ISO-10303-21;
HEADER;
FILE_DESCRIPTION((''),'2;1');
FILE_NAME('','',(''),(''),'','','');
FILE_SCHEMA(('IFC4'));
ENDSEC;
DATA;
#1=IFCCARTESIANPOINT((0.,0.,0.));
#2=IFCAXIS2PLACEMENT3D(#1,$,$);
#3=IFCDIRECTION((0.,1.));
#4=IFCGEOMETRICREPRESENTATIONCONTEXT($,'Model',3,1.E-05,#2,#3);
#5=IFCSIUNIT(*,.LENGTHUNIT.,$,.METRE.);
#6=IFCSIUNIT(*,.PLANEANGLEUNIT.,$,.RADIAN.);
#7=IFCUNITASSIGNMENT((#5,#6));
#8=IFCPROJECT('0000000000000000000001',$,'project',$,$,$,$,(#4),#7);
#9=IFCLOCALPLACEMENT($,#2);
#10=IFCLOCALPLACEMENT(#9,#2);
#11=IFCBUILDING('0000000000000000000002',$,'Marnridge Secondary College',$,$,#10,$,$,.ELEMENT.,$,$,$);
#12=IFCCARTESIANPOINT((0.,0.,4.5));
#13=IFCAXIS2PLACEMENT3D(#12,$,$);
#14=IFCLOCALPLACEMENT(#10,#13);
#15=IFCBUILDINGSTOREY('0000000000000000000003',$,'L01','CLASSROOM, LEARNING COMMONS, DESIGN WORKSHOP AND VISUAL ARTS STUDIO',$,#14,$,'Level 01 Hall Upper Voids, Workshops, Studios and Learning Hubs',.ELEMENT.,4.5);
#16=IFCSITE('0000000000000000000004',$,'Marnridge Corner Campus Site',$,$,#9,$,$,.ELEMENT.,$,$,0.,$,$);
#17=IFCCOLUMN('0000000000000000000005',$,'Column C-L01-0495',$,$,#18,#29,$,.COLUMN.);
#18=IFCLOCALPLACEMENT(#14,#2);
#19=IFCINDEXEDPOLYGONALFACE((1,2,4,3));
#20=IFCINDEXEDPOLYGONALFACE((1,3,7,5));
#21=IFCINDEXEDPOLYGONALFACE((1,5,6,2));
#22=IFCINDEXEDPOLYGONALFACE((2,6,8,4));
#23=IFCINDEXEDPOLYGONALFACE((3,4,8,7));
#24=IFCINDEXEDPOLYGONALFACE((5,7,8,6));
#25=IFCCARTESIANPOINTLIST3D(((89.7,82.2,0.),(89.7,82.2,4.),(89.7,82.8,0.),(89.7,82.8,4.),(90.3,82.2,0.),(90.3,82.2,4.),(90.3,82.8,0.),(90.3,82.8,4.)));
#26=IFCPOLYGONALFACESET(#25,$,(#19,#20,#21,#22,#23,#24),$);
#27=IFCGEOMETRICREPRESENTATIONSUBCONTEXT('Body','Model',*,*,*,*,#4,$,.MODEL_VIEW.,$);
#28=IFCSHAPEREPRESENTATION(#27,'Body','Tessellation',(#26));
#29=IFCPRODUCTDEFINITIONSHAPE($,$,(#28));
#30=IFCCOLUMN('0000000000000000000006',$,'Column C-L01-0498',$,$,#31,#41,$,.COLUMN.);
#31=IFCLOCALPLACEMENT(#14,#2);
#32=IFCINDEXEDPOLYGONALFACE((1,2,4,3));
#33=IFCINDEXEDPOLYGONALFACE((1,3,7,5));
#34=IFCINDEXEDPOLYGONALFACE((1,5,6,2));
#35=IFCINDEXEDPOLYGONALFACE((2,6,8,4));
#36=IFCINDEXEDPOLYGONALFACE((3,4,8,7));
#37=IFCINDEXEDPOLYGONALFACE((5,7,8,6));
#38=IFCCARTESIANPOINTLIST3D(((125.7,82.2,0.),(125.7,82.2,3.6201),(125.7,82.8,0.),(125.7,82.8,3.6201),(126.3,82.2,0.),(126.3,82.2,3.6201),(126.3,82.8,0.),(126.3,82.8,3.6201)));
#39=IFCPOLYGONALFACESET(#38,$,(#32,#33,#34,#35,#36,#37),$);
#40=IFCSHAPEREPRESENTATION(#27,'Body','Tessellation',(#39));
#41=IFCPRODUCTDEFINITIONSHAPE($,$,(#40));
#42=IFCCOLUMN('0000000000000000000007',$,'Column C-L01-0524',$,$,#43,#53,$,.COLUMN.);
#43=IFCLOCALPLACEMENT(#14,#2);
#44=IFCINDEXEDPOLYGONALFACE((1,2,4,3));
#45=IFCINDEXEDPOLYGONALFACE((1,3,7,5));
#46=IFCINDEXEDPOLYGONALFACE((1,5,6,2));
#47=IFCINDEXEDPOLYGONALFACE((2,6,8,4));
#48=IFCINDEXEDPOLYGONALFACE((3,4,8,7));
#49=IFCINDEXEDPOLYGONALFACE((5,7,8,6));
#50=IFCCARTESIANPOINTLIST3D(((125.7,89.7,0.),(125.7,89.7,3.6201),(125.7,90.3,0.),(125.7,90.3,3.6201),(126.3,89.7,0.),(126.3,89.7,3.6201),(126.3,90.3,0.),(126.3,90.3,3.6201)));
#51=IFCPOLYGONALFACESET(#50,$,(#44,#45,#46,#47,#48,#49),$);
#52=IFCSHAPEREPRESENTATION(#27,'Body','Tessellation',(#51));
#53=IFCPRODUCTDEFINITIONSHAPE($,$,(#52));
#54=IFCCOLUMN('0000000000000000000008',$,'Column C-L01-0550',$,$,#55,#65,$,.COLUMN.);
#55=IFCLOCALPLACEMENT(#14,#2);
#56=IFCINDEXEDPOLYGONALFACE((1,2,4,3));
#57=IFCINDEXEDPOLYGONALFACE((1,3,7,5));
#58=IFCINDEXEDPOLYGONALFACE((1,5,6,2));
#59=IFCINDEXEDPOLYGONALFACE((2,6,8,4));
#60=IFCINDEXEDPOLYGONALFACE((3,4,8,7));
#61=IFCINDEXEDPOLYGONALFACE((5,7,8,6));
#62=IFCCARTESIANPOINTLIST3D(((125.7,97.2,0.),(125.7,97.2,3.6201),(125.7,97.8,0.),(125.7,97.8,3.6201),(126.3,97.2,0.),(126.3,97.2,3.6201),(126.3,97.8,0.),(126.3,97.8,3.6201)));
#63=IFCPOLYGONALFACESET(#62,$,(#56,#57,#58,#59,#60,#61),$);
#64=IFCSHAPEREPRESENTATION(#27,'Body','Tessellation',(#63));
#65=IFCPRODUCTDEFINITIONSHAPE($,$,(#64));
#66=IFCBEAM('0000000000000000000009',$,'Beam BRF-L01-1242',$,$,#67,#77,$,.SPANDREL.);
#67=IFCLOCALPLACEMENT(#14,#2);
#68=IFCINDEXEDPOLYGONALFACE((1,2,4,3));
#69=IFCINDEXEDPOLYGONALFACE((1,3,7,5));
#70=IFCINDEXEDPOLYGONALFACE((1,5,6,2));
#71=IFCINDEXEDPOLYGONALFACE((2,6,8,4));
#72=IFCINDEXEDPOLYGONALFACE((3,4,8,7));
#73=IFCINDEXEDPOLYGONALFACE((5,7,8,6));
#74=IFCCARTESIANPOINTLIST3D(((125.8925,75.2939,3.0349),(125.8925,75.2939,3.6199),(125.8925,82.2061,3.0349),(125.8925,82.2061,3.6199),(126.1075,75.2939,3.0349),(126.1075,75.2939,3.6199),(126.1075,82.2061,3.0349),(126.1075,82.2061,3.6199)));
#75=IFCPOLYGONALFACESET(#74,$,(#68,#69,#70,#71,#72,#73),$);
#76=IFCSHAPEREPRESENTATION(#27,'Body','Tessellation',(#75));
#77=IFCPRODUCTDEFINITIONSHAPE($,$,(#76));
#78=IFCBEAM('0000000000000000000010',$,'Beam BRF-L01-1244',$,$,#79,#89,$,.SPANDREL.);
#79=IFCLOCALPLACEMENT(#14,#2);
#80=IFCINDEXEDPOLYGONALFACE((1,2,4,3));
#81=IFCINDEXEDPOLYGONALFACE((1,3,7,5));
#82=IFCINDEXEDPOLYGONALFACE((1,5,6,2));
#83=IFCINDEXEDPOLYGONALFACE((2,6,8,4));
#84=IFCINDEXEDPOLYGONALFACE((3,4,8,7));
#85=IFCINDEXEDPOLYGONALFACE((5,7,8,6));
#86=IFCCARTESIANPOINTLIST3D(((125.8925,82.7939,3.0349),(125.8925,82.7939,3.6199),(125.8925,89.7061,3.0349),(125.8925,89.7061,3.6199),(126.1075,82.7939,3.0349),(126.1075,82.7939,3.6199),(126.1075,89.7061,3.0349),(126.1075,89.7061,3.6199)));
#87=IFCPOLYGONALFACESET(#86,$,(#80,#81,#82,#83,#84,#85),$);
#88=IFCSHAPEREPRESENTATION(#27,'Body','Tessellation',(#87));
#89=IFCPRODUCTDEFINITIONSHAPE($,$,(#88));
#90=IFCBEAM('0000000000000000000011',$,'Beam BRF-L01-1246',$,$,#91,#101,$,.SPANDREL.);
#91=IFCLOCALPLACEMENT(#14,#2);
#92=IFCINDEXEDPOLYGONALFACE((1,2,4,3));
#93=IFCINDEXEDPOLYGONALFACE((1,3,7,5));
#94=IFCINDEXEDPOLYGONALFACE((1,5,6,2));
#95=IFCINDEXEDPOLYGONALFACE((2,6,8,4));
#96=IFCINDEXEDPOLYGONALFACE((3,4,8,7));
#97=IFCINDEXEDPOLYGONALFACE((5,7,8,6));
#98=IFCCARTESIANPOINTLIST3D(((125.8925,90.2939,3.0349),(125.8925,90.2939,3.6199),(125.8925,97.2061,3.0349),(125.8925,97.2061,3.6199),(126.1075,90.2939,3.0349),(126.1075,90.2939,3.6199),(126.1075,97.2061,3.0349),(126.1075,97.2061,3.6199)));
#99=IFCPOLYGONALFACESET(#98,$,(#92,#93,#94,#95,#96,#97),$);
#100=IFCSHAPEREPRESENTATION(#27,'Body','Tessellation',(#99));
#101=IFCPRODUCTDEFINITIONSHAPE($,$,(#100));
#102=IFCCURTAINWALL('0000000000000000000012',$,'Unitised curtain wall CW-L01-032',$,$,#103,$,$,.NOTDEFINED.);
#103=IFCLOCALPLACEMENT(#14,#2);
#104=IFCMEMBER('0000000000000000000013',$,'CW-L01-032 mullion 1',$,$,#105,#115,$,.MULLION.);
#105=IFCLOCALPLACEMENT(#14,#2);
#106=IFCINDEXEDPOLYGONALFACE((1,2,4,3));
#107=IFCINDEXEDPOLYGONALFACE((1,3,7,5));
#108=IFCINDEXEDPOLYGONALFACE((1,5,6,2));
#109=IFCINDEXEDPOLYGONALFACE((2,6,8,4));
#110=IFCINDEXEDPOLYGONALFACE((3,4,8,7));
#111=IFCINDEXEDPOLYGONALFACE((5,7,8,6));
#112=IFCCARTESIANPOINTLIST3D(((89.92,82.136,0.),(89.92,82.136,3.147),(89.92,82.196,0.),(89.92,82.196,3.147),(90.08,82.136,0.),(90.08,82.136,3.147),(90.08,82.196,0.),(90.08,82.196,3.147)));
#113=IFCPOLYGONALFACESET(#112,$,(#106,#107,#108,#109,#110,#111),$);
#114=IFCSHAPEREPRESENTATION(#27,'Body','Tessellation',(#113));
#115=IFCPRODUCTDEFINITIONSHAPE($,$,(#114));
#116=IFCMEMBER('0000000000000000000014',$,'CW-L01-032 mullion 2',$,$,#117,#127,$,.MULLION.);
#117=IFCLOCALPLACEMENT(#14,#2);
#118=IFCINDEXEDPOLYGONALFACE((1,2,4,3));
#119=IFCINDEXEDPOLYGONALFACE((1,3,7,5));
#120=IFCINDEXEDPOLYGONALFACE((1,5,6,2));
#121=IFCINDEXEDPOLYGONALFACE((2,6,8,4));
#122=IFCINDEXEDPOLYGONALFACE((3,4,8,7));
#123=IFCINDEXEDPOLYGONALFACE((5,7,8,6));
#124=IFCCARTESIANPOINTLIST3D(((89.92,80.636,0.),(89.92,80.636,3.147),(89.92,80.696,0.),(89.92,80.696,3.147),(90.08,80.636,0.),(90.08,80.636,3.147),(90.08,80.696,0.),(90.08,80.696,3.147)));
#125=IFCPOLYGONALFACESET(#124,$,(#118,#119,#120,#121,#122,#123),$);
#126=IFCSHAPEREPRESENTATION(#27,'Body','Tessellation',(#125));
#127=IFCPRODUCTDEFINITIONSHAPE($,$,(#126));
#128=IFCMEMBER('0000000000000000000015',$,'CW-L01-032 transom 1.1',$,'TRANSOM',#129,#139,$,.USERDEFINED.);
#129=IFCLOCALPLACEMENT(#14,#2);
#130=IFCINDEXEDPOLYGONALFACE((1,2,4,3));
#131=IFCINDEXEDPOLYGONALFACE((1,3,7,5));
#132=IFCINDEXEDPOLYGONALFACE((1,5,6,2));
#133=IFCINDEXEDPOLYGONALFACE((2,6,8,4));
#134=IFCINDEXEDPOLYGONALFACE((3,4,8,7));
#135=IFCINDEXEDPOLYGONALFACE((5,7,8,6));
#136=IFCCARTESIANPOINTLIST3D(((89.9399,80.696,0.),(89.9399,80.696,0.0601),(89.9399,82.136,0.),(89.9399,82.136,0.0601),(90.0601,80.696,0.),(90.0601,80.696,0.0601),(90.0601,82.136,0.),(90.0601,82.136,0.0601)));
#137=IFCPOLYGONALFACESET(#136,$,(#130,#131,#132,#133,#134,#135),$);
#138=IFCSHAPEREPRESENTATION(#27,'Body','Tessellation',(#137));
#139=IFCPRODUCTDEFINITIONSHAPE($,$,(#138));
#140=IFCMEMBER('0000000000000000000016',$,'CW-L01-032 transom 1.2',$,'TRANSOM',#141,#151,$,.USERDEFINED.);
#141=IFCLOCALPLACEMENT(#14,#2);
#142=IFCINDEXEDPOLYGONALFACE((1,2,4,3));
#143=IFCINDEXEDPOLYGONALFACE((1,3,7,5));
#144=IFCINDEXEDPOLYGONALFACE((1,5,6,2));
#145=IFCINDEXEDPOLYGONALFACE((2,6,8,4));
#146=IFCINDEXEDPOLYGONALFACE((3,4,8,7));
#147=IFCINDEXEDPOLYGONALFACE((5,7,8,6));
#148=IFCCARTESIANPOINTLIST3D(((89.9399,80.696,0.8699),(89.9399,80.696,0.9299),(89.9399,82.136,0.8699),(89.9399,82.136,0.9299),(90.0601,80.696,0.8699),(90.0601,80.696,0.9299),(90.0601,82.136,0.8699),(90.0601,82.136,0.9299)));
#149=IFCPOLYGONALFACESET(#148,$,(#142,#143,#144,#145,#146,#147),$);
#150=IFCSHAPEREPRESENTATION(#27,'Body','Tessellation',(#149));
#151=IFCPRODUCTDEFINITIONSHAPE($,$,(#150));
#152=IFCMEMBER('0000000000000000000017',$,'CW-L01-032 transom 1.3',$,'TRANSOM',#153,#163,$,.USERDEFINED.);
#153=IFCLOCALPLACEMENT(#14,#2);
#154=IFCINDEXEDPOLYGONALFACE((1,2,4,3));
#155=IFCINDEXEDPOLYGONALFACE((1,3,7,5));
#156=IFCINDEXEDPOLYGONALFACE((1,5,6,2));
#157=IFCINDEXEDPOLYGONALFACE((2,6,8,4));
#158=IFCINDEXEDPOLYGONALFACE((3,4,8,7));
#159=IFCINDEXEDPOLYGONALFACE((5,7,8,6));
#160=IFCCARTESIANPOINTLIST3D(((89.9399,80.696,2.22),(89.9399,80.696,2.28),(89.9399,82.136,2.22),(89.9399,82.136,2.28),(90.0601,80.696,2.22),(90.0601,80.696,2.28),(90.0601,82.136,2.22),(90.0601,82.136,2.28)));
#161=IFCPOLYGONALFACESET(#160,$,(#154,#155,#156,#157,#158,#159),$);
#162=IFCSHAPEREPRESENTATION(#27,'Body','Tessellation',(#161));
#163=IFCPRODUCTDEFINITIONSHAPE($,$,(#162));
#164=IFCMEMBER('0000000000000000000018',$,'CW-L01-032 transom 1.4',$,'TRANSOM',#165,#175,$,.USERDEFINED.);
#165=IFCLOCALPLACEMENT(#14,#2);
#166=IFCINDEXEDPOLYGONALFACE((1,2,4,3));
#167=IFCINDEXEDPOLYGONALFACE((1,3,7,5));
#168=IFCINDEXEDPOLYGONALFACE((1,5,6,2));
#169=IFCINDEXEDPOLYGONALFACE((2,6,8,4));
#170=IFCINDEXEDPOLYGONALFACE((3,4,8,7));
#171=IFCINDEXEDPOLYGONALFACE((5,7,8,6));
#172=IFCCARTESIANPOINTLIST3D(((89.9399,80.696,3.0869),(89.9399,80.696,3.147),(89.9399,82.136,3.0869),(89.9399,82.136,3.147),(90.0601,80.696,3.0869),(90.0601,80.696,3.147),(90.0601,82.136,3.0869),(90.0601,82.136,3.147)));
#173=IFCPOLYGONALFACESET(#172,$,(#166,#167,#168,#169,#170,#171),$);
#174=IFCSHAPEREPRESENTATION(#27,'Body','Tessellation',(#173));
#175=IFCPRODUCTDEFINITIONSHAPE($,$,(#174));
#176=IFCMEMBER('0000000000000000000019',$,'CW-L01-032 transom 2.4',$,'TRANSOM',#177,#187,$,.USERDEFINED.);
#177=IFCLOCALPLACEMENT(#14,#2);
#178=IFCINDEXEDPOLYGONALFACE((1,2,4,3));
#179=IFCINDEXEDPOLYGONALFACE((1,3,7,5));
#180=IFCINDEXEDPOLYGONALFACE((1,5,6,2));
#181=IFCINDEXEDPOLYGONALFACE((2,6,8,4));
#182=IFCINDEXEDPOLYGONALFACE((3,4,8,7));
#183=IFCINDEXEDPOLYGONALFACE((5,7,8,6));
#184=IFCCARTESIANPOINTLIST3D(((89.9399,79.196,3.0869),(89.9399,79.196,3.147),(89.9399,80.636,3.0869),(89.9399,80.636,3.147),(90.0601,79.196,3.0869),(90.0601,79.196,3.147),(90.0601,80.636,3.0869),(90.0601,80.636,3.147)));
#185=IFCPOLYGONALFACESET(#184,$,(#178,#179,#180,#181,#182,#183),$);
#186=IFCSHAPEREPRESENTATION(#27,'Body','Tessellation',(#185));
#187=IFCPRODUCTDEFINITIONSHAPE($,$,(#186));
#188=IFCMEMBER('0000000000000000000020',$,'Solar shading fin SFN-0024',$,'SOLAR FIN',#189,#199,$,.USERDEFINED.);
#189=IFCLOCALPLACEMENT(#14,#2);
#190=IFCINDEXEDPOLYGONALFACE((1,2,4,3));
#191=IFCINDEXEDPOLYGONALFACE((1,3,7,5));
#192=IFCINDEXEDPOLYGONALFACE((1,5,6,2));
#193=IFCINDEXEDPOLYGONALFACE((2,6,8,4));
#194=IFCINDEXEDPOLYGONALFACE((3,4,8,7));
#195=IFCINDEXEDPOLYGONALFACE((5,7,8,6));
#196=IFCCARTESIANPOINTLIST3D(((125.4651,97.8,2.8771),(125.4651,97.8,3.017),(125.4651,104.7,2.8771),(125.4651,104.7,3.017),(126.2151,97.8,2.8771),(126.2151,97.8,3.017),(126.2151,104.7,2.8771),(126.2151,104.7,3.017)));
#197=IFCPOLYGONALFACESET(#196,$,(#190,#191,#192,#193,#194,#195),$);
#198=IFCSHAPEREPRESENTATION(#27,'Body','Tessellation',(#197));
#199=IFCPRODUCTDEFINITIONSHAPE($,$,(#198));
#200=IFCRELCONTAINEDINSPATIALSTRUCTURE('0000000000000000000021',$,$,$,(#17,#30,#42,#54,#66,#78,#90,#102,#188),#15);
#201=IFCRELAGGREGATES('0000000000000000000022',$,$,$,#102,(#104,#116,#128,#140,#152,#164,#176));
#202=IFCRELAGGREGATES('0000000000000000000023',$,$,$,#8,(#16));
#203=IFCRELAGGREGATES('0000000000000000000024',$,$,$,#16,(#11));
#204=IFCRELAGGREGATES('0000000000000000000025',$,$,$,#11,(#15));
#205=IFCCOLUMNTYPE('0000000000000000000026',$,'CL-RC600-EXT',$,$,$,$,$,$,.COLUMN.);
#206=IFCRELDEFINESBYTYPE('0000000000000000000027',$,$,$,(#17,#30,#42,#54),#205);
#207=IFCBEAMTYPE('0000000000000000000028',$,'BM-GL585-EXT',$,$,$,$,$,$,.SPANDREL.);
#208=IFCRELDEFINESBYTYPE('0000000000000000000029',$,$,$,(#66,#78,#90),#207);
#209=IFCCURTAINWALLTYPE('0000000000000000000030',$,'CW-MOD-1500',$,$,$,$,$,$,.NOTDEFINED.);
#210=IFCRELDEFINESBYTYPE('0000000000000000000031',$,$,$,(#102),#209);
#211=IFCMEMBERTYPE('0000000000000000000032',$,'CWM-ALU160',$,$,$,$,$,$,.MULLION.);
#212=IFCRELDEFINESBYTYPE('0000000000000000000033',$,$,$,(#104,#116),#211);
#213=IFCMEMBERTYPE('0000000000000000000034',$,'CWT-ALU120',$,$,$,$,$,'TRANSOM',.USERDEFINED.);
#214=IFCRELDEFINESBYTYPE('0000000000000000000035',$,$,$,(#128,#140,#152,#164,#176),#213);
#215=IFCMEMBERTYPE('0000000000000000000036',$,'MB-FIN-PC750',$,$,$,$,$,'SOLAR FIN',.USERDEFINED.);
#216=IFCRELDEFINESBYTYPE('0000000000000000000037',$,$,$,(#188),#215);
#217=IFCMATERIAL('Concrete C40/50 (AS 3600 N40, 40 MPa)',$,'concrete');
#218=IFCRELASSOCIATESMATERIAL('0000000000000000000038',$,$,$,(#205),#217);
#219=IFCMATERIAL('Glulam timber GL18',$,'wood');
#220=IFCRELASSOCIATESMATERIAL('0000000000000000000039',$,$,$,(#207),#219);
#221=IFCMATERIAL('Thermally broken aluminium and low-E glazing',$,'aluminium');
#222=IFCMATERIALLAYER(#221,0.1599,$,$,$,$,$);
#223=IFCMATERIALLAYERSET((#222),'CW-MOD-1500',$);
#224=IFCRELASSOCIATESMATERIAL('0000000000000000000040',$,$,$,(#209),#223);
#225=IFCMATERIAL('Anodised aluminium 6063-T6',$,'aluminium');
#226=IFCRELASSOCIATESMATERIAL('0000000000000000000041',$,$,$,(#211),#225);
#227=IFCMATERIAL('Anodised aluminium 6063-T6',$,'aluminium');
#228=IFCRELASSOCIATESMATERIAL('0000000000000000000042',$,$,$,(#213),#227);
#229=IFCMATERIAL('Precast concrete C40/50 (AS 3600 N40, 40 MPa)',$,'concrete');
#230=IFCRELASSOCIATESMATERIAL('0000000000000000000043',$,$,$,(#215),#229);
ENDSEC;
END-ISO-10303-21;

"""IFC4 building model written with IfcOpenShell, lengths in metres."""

from ifc_helpers import new_model, si_unit, direction, frame, origin, origin_2d, place, context, subcontext, project, spatial, rectangle, extrude, material, layer, layer_set, material_profile, profile_set, type_object, element, aggregate, save


model = new_model("IFC4")

# Units and contexts
model_context = context("Model", 3, precision=1e-05, world=origin(), true_north=direction((0.0, 1.0)))
body_context = subcontext(model_context, "Body", "Model", "MODEL_VIEW")
ifc_project = project(units=[si_unit("LENGTHUNIT", "METRE"), si_unit("PLANEANGLEUNIT", "RADIAN")], contexts=[model_context])

# Site, building, storey
site_placement = place(None, origin())
site = spatial("IfcSite", under=ifc_project, at=site_placement, Name="Marnridge Corner Campus Site", CompositionType="ELEMENT", RefElevation=0.0)
building_placement = place(site_placement, origin())
building = spatial("IfcBuilding", under=site, at=building_placement, Name="Marnridge Secondary College", CompositionType="ELEMENT")
storey_placement = place(building_placement, frame((0.0, 0.0, 4.5)))
storey = spatial("IfcBuildingStorey", under=building, at=storey_placement, Name="L01", Description="CLASSROOM, LEARNING COMMONS, DESIGN WORKSHOP AND VISUAL ARTS STUDIO", LongName="Level 01 Hall Upper Voids, Workshops, Studios and Learning Hubs", CompositionType="ELEMENT", Elevation=4.5)

# Columns
ifc_material_1 = material(Name="Concrete C40/50 (AS 3600 N40, 40 MPa)", Category="concrete")
ifc_material_profile_1 = material_profile(ifc_material_1, rectangle(XDim=0.6001, YDim=0.6001, at=origin_2d()), Name="RC 600x600")
ifc_profile_set_1 = profile_set([ifc_material_profile_1], Name="Concrete C40/50 (AS 3600 N40, 40 MPa)")
column_type = type_object("IfcColumnType", Name="CL-RC600-EXT", PredefinedType="COLUMN", material=ifc_profile_set_1)
column_placement = place(storey_placement, frame((90.0, 82.5, 0.0), z_axis=(0.0, 0.0, 1.0), x_axis=(1.0, 0.0, 0.0)))
element("IfcColumn", 1, at=column_placement, inside=storey, type_object=column_type, Name="Column C-L01-0495", PredefinedType="COLUMN", context=body_context, shape_type="SweptSolid", body=[
    extrude(rectangle(XDim=0.6001, YDim=0.6001, at=origin_2d()), origin(), (0.0, 0.0, 1.0), 4.0),
])
for number, where, z_axis, x_axis, name in (
    (2, (126.0, 82.5, 0.0), (0.0, 0.0, 1.0), (1.0, 0.0, 0.0), "Column C-L01-0498"),
    (3, (126.0, 90.0, 0.0), (0.0, 0.0, 1.0), (1.0, 0.0, 0.0), "Column C-L01-0524"),
    (4, (126.0, 97.5, 0.0), (0.0, 0.0, 1.0), (1.0, 0.0, 0.0), "Column C-L01-0550"),
):
    element("IfcColumn", number, at=place(storey_placement, frame(where, z_axis=z_axis, x_axis=x_axis)), inside=storey, type_object=column_type, Name=name, PredefinedType="COLUMN", context=body_context, shape_type="SweptSolid", body=[
        extrude(rectangle(XDim=0.6001, YDim=0.6001, at=origin_2d()), origin(), (0.0, 0.0, 1.0), 3.6201),
    ])

# Beams
ifc_material_2 = material(Name="Glulam timber GL18", Category="wood")
ifc_material_profile_2 = material_profile(ifc_material_2, rectangle(XDim=0.2151, YDim=0.585, at=origin_2d()), Name="GL18 215x585")
ifc_profile_set_2 = profile_set([ifc_material_profile_2], Name="Glulam timber GL18")
beam_type = type_object("IfcBeamType", Name="BM-GL585-EXT", PredefinedType="SPANDREL", material=ifc_profile_set_2)
for number, where, z_axis, x_axis, name in (
    (5, (126.0, 75.2939, 3.3274), (0.0, 1.0, 0.0), (-1.0, 0.0, 0.0), "Beam BRF-L01-1242"),
    (6, (126.0, 82.7939, 3.3274), (0.0, 1.0, 0.0), (-1.0, 0.0, 0.0), "Beam BRF-L01-1244"),
    (7, (126.0, 90.2939, 3.3274), (0.0, 1.0, 0.0), (-1.0, 0.0, 0.0), "Beam BRF-L01-1246"),
):
    element("IfcBeam", number, at=place(storey_placement, frame(where, z_axis=z_axis, x_axis=x_axis)), inside=storey, type_object=beam_type, Name=name, PredefinedType="SPANDREL", context=body_context, shape_type="SweptSolid", body=[
        extrude(rectangle(XDim=0.2151, YDim=0.585, at=origin_2d()), origin(), (0.0, 0.0, 1.0), 6.9121),
    ])

# Curtain wall, members
ifc_material_3 = material(Name="Thermally broken aluminium and low-E glazing", Category="aluminium")
ifc_layer_1 = layer(ifc_material_3, 0.1599)
ifc_layer_set_1 = layer_set([ifc_layer_1], Name="CW-MOD-1500")
curtain_wall_type = type_object("IfcCurtainWallType", Name="CW-MOD-1500", PredefinedType="NOTDEFINED", material=ifc_layer_set_1)
curtain_wall_placement = place(storey_placement, origin())
curtain_wall = element("IfcCurtainWall", 8, at=curtain_wall_placement, inside=storey, type_object=curtain_wall_type, Name="Unitised curtain wall CW-L01-032", PredefinedType="NOTDEFINED")
ifc_material_4 = material(Name="Anodised aluminium 6063-T6", Category="aluminium")
ifc_material_profile_3 = material_profile(ifc_material_4, rectangle(XDim=0.0601, YDim=0.1599, at=origin_2d()), Name="ALU 60x160")
ifc_profile_set_3 = profile_set([ifc_material_profile_3], Name="Anodised aluminium 6063-T6")
member_type_1 = type_object("IfcMemberType", Name="CWM-ALU160", PredefinedType="MULLION", material=ifc_profile_set_3)
member_1_placement = place(storey_placement, frame((90.0, 82.166, 0.0), z_axis=(0.0, 0.0, 1.0), x_axis=(0.0, -1.0, 0.0)))
member_1 = element("IfcMember", 9, at=member_1_placement, type_object=member_type_1, Name="CW-L01-032 mullion 1", PredefinedType="MULLION", context=body_context, shape_type="SweptSolid", body=[
    extrude(rectangle(XDim=0.0601, YDim=0.1599, at=origin_2d()), origin(), (0.0, 0.0, 1.0), 3.147),
])
member_2_placement = place(storey_placement, frame((90.0, 80.666, 0.0), z_axis=(0.0, 0.0, 1.0), x_axis=(0.0, -1.0, 0.0)))
member_2 = element("IfcMember", 10, at=member_2_placement, type_object=member_type_1, Name="CW-L01-032 mullion 2", PredefinedType="MULLION", context=body_context, shape_type="SweptSolid", body=[
    extrude(rectangle(XDim=0.0601, YDim=0.1599, at=origin_2d()), origin(), (0.0, 0.0, 1.0), 3.147),
])
ifc_material_5 = material(Name="Anodised aluminium 6063-T6", Category="aluminium")
ifc_material_profile_4 = material_profile(ifc_material_5, rectangle(XDim=0.0601, YDim=0.1201, at=origin_2d()), Name="ALU 60x120")
ifc_profile_set_4 = profile_set([ifc_material_profile_4], Name="Anodised aluminium 6063-T6")
member_type_2 = type_object("IfcMemberType", Name="CWT-ALU120", ElementType="TRANSOM", PredefinedType="USERDEFINED", material=ifc_profile_set_4)
member_3_placement = place(storey_placement, frame((90.0, 82.136, 0.03), z_axis=(0.0, -1.0, 0.0), x_axis=(0.0, 0.0, 1.0)))
member_3 = element("IfcMember", 11, at=member_3_placement, type_object=member_type_2, Name="CW-L01-032 transom 1.1", ObjectType="TRANSOM", PredefinedType="USERDEFINED", context=body_context, shape_type="SweptSolid", body=[
    extrude(rectangle(XDim=0.0601, YDim=0.1201, at=origin_2d()), origin(), (0.0, 0.0, 1.0), 1.4399),
])
member_4_placement = place(storey_placement, frame((90.0, 82.136, 0.8999), z_axis=(0.0, -1.0, 0.0), x_axis=(0.0, 0.0, 1.0)))
member_4 = element("IfcMember", 12, at=member_4_placement, type_object=member_type_2, Name="CW-L01-032 transom 1.2", ObjectType="TRANSOM", PredefinedType="USERDEFINED", context=body_context, shape_type="SweptSolid", body=[
    extrude(rectangle(XDim=0.0601, YDim=0.1201, at=origin_2d()), origin(), (0.0, 0.0, 1.0), 1.4399),
])
member_5_placement = place(storey_placement, frame((90.0, 82.136, 2.25), z_axis=(0.0, -1.0, 0.0), x_axis=(0.0, 0.0, 1.0)))
member_5 = element("IfcMember", 13, at=member_5_placement, type_object=member_type_2, Name="CW-L01-032 transom 1.3", ObjectType="TRANSOM", PredefinedType="USERDEFINED", context=body_context, shape_type="SweptSolid", body=[
    extrude(rectangle(XDim=0.0601, YDim=0.1201, at=origin_2d()), origin(), (0.0, 0.0, 1.0), 1.4399),
])
member_6_placement = place(storey_placement, frame((90.0, 82.136, 3.1169), z_axis=(0.0, -1.0, 0.0), x_axis=(0.0, 0.0, 1.0)))
member_6 = element("IfcMember", 14, at=member_6_placement, type_object=member_type_2, Name="CW-L01-032 transom 1.4", ObjectType="TRANSOM", PredefinedType="USERDEFINED", context=body_context, shape_type="SweptSolid", body=[
    extrude(rectangle(XDim=0.0601, YDim=0.1201, at=origin_2d()), origin(), (0.0, 0.0, 1.0), 1.4399),
])
member_7_placement = place(storey_placement, frame((90.0, 80.636, 3.1169), z_axis=(0.0, -1.0, 0.0), x_axis=(0.0, 0.0, 1.0)))
member_7 = element("IfcMember", 15, at=member_7_placement, type_object=member_type_2, Name="CW-L01-032 transom 2.4", ObjectType="TRANSOM", PredefinedType="USERDEFINED", context=body_context, shape_type="SweptSolid", body=[
    extrude(rectangle(XDim=0.0601, YDim=0.1201, at=origin_2d()), origin(), (0.0, 0.0, 1.0), 1.4399),
])

# Member
ifc_material_6 = material(Name="Precast concrete C40/50 (AS 3600 N40, 40 MPa)", Category="concrete")
ifc_material_profile_5 = material_profile(ifc_material_6, rectangle(XDim=0.1399, YDim=0.75, at=origin_2d()), Name="FIN PC 140x750")
ifc_profile_set_5 = profile_set([ifc_material_profile_5], Name="Precast concrete C40/50 (AS 3600 N40, 40 MPa)")
member_type_3 = type_object("IfcMemberType", Name="MB-FIN-PC750", ElementType="SOLAR FIN", PredefinedType="USERDEFINED", material=ifc_profile_set_5)
member_8_placement = place(storey_placement, frame((125.8401, 97.8, 2.947), z_axis=(0.0, 1.0, 0.0), x_axis=(0.0, 0.0, 1.0)))
element("IfcMember", 16, at=member_8_placement, inside=storey, type_object=member_type_3, Name="Solar shading fin SFN-0024", ObjectType="SOLAR FIN", PredefinedType="USERDEFINED", context=body_context, shape_type="SweptSolid", body=[
    extrude(rectangle(XDim=0.1399, YDim=0.75, at=origin_2d()), origin(), (0.0, 0.0, 1.0), 6.8999),
])

aggregate(curtain_wall, [member_1, member_2, member_3, member_4, member_5, member_6, member_7])

save(model, "model.ifc")
